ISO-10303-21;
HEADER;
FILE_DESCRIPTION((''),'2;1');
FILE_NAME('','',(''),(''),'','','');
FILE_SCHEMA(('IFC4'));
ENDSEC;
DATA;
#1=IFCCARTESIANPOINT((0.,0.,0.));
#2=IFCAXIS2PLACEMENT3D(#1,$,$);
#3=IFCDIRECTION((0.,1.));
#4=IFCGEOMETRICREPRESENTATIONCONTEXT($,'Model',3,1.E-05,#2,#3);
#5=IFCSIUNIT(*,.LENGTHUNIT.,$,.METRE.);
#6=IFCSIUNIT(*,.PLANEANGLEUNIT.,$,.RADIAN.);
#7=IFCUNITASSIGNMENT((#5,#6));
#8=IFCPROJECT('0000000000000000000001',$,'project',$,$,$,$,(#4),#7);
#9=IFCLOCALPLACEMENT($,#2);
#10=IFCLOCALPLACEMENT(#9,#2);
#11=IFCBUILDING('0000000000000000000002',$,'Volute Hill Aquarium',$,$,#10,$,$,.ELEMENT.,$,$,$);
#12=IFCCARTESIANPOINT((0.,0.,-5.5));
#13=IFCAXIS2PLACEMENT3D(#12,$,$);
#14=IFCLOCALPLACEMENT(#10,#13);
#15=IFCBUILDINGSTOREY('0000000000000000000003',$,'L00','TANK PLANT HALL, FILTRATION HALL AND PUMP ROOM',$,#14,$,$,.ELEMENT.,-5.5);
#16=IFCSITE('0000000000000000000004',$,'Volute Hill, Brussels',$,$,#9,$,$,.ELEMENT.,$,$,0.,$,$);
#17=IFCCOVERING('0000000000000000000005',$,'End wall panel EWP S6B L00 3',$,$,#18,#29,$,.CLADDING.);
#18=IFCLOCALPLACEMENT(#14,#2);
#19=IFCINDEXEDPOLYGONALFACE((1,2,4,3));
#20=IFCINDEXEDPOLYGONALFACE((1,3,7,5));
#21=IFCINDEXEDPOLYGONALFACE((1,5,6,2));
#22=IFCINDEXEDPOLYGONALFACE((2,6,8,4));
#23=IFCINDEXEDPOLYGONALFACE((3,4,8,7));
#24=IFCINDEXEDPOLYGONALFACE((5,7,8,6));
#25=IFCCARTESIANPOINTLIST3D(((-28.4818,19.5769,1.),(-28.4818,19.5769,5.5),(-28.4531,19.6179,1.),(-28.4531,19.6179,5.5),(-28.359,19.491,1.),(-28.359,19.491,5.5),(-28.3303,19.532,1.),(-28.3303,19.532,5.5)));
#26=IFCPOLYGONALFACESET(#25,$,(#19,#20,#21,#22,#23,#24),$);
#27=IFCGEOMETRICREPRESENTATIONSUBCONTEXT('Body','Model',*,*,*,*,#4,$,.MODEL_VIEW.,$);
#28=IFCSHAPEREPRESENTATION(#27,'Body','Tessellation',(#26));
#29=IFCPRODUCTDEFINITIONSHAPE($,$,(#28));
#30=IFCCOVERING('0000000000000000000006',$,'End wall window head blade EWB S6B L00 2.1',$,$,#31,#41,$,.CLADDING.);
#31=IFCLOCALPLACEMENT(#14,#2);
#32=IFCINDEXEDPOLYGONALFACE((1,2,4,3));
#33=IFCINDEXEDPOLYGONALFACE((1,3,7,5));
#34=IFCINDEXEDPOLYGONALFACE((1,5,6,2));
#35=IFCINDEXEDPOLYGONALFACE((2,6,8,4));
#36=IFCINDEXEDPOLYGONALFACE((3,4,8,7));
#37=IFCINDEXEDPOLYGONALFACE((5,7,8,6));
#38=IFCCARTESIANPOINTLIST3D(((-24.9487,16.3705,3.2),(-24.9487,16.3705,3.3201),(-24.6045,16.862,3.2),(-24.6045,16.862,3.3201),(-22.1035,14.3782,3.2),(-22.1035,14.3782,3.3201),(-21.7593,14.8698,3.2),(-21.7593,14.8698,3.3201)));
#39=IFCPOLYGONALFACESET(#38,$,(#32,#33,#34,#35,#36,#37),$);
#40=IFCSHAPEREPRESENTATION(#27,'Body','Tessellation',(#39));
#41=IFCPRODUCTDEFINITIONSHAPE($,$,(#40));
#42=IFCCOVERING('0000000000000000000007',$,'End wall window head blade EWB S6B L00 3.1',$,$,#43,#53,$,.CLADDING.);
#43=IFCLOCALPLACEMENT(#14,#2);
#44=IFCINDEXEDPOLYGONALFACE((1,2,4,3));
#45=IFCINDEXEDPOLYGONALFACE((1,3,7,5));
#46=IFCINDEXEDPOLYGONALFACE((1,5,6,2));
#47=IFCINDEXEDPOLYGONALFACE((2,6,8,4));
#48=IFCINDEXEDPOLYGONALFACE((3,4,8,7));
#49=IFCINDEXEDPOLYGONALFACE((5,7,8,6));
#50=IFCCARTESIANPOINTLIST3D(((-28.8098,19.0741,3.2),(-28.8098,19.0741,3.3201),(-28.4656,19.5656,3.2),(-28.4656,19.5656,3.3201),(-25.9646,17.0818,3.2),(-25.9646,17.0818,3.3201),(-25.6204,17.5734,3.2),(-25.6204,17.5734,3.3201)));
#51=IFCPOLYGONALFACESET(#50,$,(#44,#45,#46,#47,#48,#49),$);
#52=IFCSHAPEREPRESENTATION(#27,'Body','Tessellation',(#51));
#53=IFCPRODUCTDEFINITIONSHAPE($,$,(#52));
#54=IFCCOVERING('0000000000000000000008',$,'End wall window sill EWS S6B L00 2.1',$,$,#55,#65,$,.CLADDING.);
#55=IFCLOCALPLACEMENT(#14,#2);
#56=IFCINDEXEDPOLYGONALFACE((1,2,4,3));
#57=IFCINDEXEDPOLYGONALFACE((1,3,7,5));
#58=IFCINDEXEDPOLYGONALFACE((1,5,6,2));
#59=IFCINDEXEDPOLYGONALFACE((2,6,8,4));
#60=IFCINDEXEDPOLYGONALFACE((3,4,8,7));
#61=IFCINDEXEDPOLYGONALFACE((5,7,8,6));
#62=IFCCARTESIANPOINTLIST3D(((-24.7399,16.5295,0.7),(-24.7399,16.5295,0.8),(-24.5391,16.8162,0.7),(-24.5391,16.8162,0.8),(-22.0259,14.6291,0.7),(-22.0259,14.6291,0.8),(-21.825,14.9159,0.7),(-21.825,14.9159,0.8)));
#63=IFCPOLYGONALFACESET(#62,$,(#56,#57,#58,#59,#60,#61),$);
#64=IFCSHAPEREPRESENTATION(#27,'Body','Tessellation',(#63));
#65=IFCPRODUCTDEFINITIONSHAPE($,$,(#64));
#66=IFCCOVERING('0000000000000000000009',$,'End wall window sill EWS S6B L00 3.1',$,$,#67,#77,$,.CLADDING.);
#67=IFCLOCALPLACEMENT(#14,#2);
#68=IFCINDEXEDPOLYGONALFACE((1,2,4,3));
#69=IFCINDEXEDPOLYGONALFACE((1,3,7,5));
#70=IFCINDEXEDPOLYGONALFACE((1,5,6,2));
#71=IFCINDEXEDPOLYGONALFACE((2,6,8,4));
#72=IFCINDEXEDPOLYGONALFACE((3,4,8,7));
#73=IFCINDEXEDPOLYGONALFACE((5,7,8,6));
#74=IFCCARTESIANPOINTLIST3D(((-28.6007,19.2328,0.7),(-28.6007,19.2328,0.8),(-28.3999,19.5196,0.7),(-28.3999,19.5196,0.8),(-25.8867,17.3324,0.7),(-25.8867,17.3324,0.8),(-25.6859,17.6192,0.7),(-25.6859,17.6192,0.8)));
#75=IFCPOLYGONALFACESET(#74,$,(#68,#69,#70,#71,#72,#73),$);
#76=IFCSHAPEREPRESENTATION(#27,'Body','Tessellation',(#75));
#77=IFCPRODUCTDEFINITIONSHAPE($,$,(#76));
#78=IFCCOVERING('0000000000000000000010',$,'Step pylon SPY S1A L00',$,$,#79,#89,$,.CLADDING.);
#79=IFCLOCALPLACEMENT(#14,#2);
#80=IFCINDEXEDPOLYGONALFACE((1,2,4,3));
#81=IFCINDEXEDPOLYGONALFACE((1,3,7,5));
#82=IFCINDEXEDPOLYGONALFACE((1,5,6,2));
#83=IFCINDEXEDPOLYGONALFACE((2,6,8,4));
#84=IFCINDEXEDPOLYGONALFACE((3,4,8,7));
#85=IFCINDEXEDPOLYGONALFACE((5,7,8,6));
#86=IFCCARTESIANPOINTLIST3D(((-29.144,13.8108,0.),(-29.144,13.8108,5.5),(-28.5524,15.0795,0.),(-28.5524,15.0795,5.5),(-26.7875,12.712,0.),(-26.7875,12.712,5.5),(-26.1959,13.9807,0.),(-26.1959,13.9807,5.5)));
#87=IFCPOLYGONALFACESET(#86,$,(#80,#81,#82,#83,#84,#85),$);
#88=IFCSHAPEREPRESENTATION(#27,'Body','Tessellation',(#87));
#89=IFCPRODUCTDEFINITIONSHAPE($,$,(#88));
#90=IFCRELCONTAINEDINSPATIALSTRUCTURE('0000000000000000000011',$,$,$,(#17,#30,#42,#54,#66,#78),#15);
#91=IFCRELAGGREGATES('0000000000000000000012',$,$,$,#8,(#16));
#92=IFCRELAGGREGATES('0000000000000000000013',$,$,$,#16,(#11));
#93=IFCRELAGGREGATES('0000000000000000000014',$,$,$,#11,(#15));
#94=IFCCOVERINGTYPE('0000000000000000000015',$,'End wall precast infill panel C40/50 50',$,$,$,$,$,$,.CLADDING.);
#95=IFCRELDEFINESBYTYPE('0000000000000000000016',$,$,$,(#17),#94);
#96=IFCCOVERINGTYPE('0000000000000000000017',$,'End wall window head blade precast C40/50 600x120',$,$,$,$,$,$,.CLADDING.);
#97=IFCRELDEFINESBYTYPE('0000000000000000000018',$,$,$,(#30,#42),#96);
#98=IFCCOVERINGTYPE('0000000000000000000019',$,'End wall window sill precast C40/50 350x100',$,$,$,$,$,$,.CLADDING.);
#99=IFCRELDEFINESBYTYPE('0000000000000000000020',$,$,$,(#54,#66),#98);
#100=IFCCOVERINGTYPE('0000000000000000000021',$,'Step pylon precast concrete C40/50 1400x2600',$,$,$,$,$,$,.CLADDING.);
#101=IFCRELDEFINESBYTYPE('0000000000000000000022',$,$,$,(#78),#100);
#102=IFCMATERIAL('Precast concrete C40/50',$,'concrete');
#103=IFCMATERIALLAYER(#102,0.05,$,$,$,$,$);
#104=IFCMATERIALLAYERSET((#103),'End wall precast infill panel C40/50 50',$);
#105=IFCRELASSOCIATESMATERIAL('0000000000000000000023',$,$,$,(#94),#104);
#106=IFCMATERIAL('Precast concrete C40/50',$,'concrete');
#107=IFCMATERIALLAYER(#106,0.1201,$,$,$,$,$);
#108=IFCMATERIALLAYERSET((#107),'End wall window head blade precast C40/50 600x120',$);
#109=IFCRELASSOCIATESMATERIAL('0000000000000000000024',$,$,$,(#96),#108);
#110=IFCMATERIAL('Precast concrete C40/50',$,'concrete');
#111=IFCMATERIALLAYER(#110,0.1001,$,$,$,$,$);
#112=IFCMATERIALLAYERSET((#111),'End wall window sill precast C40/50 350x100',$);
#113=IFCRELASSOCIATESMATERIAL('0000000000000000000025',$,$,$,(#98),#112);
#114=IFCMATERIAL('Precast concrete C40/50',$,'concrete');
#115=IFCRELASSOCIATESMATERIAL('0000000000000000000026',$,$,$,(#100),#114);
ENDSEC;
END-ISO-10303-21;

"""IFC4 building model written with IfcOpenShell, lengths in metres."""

from ifc_helpers import new_model, si_unit, direction, frame, origin, origin_2d, place, context, subcontext, project, spatial, polyline, rectangle, outline, extrude, material, layer, layer_set, type_object, element, save


model = new_model("IFC4")

# Units and contexts
model_context = context("Model", 3, precision=1e-05, world=origin(), true_north=direction((0.0, 1.0)))
body_context = subcontext(model_context, "Body", "Model", "MODEL_VIEW")
ifc_project = project(units=[si_unit("LENGTHUNIT", "METRE"), si_unit("PLANEANGLEUNIT", "RADIAN")], contexts=[model_context])

# Site, building, storey
site_placement = place(None, origin())
site = spatial("IfcSite", under=ifc_project, at=site_placement, Name="Volute Hill, Brussels", CompositionType="ELEMENT", RefElevation=0.0)
building_placement = place(site_placement, origin())
building = spatial("IfcBuilding", under=site, at=building_placement, Name="Volute Hill Aquarium", CompositionType="ELEMENT")
storey_placement = place(building_placement, frame((0.0, 0.0, -5.5)))
storey = spatial("IfcBuildingStorey", under=building, at=storey_placement, Name="L00", Description="TANK PLANT HALL, FILTRATION HALL AND PUMP ROOM", CompositionType="ELEMENT", Elevation=-5.5)

# Coverings
ifc_material_1 = material(Name="Precast concrete C40/50", Category="concrete")
ifc_layer_1 = layer(ifc_material_1, 0.05)
ifc_layer_set_1 = layer_set([ifc_layer_1], Name="End wall precast infill panel C40/50 50")
covering_type_1 = type_object("IfcCoveringType", Name="End wall precast infill panel C40/50 50", PredefinedType="CLADDING", material=ifc_layer_set_1)
covering_1_placement = place(storey_placement, frame((-28.3303, 19.532, 1.0), z_axis=(0.573353, 0.819308, 0.0), x_axis=(-0.819308, 0.573353, 0.0)))
element("IfcCovering", 1, at=covering_1_placement, inside=storey, type_object=covering_type_1, Name="End wall panel EWP S6B L00 3", PredefinedType="CLADDING", context=body_context, shape_type="SweptSolid", body=[
    extrude(outline(polyline([(0.0, 0.0), (0.1499, 0.0), (0.1499, 4.5), (0.0, 4.5), (0.0, 0.0)])), origin(), (0.0, 0.0, -1.0), 0.05),
])
ifc_material_2 = material(Name="Precast concrete C40/50", Category="concrete")
ifc_layer_2 = layer(ifc_material_2, 0.1201)
ifc_layer_set_2 = layer_set([ifc_layer_2], Name="End wall window head blade precast C40/50 600x120")
covering_type_2 = type_object("IfcCoveringType", Name="End wall window head blade precast C40/50 600x120", PredefinedType="CLADDING", material=ifc_layer_set_2)
for number, where, z_axis, x_axis, name in (
    (2, (-23.354, 15.6201, 3.2), (0.0, 0.0, 1.0), (-0.819151, 0.573577, 0.0), "End wall window head blade EWB S6B L00 2.1"),
    (3, (-27.2151, 18.3237, 3.2), (0.0, 0.0, 1.0), (-0.819151, 0.573577, 0.0), "End wall window head blade EWB S6B L00 3.1"),
):
    element("IfcCovering", number, at=place(storey_placement, frame(where, z_axis=z_axis, x_axis=x_axis)), inside=storey, type_object=covering_type_2, Name=name, PredefinedType="CLADDING", context=body_context, shape_type="SweptSolid", body=[
        extrude(rectangle(XDim=3.4734, YDim=0.6001, at=origin_2d()), origin(), (0.0, 0.0, 1.0), 0.1201),
    ])
ifc_material_3 = material(Name="Precast concrete C40/50", Category="concrete")
ifc_layer_3 = layer(ifc_material_3, 0.1001)
ifc_layer_set_3 = layer_set([ifc_layer_3], Name="End wall window sill precast C40/50 350x100")
covering_type_3 = type_object("IfcCoveringType", Name="End wall window sill precast C40/50 350x100", PredefinedType="CLADDING", material=ifc_layer_set_3)
for number, where, z_axis, x_axis, name in (
    (4, (-23.2825, 15.7227, 0.7), (0.0, 0.0, 1.0), (-0.819151, 0.573577, 0.0), "End wall window sill EWS S6B L00 2.1"),
    (5, (-27.1433, 18.426, 0.7), (0.0, 0.0, 1.0), (-0.819151, 0.573577, 0.0), "End wall window sill EWS S6B L00 3.1"),
):
    element("IfcCovering", number, at=place(storey_placement, frame(where, z_axis=z_axis, x_axis=x_axis)), inside=storey, type_object=covering_type_3, Name=name, PredefinedType="CLADDING", context=body_context, shape_type="SweptSolid", body=[
        extrude(rectangle(XDim=3.3132, YDim=0.3501, at=origin_2d()), origin(), (0.0, 0.0, 1.0), 0.1001),
    ])
ifc_material_4 = material(Name="Precast concrete C40/50", Category="concrete")
covering_type_4 = type_object("IfcCoveringType", Name="Step pylon precast concrete C40/50 1400x2600", PredefinedType="CLADDING", material=ifc_material_4)
covering_2_placement = place(storey_placement, frame((-27.6699, 13.8958, 0.0), z_axis=(0.0, 0.0, 1.0), x_axis=(-0.906308, 0.422618, 0.0)))
element("IfcCovering", 6, at=covering_2_placement, inside=storey, type_object=covering_type_4, Name="Step pylon SPY S1A L00", PredefinedType="CLADDING", context=body_context, shape_type="SweptSolid", body=[
    extrude(rectangle(XDim=2.6001, YDim=1.3999, at=origin_2d()), origin(), (0.0, 0.0, 1.0), 5.5),
])

save(model, "model.ifc")
